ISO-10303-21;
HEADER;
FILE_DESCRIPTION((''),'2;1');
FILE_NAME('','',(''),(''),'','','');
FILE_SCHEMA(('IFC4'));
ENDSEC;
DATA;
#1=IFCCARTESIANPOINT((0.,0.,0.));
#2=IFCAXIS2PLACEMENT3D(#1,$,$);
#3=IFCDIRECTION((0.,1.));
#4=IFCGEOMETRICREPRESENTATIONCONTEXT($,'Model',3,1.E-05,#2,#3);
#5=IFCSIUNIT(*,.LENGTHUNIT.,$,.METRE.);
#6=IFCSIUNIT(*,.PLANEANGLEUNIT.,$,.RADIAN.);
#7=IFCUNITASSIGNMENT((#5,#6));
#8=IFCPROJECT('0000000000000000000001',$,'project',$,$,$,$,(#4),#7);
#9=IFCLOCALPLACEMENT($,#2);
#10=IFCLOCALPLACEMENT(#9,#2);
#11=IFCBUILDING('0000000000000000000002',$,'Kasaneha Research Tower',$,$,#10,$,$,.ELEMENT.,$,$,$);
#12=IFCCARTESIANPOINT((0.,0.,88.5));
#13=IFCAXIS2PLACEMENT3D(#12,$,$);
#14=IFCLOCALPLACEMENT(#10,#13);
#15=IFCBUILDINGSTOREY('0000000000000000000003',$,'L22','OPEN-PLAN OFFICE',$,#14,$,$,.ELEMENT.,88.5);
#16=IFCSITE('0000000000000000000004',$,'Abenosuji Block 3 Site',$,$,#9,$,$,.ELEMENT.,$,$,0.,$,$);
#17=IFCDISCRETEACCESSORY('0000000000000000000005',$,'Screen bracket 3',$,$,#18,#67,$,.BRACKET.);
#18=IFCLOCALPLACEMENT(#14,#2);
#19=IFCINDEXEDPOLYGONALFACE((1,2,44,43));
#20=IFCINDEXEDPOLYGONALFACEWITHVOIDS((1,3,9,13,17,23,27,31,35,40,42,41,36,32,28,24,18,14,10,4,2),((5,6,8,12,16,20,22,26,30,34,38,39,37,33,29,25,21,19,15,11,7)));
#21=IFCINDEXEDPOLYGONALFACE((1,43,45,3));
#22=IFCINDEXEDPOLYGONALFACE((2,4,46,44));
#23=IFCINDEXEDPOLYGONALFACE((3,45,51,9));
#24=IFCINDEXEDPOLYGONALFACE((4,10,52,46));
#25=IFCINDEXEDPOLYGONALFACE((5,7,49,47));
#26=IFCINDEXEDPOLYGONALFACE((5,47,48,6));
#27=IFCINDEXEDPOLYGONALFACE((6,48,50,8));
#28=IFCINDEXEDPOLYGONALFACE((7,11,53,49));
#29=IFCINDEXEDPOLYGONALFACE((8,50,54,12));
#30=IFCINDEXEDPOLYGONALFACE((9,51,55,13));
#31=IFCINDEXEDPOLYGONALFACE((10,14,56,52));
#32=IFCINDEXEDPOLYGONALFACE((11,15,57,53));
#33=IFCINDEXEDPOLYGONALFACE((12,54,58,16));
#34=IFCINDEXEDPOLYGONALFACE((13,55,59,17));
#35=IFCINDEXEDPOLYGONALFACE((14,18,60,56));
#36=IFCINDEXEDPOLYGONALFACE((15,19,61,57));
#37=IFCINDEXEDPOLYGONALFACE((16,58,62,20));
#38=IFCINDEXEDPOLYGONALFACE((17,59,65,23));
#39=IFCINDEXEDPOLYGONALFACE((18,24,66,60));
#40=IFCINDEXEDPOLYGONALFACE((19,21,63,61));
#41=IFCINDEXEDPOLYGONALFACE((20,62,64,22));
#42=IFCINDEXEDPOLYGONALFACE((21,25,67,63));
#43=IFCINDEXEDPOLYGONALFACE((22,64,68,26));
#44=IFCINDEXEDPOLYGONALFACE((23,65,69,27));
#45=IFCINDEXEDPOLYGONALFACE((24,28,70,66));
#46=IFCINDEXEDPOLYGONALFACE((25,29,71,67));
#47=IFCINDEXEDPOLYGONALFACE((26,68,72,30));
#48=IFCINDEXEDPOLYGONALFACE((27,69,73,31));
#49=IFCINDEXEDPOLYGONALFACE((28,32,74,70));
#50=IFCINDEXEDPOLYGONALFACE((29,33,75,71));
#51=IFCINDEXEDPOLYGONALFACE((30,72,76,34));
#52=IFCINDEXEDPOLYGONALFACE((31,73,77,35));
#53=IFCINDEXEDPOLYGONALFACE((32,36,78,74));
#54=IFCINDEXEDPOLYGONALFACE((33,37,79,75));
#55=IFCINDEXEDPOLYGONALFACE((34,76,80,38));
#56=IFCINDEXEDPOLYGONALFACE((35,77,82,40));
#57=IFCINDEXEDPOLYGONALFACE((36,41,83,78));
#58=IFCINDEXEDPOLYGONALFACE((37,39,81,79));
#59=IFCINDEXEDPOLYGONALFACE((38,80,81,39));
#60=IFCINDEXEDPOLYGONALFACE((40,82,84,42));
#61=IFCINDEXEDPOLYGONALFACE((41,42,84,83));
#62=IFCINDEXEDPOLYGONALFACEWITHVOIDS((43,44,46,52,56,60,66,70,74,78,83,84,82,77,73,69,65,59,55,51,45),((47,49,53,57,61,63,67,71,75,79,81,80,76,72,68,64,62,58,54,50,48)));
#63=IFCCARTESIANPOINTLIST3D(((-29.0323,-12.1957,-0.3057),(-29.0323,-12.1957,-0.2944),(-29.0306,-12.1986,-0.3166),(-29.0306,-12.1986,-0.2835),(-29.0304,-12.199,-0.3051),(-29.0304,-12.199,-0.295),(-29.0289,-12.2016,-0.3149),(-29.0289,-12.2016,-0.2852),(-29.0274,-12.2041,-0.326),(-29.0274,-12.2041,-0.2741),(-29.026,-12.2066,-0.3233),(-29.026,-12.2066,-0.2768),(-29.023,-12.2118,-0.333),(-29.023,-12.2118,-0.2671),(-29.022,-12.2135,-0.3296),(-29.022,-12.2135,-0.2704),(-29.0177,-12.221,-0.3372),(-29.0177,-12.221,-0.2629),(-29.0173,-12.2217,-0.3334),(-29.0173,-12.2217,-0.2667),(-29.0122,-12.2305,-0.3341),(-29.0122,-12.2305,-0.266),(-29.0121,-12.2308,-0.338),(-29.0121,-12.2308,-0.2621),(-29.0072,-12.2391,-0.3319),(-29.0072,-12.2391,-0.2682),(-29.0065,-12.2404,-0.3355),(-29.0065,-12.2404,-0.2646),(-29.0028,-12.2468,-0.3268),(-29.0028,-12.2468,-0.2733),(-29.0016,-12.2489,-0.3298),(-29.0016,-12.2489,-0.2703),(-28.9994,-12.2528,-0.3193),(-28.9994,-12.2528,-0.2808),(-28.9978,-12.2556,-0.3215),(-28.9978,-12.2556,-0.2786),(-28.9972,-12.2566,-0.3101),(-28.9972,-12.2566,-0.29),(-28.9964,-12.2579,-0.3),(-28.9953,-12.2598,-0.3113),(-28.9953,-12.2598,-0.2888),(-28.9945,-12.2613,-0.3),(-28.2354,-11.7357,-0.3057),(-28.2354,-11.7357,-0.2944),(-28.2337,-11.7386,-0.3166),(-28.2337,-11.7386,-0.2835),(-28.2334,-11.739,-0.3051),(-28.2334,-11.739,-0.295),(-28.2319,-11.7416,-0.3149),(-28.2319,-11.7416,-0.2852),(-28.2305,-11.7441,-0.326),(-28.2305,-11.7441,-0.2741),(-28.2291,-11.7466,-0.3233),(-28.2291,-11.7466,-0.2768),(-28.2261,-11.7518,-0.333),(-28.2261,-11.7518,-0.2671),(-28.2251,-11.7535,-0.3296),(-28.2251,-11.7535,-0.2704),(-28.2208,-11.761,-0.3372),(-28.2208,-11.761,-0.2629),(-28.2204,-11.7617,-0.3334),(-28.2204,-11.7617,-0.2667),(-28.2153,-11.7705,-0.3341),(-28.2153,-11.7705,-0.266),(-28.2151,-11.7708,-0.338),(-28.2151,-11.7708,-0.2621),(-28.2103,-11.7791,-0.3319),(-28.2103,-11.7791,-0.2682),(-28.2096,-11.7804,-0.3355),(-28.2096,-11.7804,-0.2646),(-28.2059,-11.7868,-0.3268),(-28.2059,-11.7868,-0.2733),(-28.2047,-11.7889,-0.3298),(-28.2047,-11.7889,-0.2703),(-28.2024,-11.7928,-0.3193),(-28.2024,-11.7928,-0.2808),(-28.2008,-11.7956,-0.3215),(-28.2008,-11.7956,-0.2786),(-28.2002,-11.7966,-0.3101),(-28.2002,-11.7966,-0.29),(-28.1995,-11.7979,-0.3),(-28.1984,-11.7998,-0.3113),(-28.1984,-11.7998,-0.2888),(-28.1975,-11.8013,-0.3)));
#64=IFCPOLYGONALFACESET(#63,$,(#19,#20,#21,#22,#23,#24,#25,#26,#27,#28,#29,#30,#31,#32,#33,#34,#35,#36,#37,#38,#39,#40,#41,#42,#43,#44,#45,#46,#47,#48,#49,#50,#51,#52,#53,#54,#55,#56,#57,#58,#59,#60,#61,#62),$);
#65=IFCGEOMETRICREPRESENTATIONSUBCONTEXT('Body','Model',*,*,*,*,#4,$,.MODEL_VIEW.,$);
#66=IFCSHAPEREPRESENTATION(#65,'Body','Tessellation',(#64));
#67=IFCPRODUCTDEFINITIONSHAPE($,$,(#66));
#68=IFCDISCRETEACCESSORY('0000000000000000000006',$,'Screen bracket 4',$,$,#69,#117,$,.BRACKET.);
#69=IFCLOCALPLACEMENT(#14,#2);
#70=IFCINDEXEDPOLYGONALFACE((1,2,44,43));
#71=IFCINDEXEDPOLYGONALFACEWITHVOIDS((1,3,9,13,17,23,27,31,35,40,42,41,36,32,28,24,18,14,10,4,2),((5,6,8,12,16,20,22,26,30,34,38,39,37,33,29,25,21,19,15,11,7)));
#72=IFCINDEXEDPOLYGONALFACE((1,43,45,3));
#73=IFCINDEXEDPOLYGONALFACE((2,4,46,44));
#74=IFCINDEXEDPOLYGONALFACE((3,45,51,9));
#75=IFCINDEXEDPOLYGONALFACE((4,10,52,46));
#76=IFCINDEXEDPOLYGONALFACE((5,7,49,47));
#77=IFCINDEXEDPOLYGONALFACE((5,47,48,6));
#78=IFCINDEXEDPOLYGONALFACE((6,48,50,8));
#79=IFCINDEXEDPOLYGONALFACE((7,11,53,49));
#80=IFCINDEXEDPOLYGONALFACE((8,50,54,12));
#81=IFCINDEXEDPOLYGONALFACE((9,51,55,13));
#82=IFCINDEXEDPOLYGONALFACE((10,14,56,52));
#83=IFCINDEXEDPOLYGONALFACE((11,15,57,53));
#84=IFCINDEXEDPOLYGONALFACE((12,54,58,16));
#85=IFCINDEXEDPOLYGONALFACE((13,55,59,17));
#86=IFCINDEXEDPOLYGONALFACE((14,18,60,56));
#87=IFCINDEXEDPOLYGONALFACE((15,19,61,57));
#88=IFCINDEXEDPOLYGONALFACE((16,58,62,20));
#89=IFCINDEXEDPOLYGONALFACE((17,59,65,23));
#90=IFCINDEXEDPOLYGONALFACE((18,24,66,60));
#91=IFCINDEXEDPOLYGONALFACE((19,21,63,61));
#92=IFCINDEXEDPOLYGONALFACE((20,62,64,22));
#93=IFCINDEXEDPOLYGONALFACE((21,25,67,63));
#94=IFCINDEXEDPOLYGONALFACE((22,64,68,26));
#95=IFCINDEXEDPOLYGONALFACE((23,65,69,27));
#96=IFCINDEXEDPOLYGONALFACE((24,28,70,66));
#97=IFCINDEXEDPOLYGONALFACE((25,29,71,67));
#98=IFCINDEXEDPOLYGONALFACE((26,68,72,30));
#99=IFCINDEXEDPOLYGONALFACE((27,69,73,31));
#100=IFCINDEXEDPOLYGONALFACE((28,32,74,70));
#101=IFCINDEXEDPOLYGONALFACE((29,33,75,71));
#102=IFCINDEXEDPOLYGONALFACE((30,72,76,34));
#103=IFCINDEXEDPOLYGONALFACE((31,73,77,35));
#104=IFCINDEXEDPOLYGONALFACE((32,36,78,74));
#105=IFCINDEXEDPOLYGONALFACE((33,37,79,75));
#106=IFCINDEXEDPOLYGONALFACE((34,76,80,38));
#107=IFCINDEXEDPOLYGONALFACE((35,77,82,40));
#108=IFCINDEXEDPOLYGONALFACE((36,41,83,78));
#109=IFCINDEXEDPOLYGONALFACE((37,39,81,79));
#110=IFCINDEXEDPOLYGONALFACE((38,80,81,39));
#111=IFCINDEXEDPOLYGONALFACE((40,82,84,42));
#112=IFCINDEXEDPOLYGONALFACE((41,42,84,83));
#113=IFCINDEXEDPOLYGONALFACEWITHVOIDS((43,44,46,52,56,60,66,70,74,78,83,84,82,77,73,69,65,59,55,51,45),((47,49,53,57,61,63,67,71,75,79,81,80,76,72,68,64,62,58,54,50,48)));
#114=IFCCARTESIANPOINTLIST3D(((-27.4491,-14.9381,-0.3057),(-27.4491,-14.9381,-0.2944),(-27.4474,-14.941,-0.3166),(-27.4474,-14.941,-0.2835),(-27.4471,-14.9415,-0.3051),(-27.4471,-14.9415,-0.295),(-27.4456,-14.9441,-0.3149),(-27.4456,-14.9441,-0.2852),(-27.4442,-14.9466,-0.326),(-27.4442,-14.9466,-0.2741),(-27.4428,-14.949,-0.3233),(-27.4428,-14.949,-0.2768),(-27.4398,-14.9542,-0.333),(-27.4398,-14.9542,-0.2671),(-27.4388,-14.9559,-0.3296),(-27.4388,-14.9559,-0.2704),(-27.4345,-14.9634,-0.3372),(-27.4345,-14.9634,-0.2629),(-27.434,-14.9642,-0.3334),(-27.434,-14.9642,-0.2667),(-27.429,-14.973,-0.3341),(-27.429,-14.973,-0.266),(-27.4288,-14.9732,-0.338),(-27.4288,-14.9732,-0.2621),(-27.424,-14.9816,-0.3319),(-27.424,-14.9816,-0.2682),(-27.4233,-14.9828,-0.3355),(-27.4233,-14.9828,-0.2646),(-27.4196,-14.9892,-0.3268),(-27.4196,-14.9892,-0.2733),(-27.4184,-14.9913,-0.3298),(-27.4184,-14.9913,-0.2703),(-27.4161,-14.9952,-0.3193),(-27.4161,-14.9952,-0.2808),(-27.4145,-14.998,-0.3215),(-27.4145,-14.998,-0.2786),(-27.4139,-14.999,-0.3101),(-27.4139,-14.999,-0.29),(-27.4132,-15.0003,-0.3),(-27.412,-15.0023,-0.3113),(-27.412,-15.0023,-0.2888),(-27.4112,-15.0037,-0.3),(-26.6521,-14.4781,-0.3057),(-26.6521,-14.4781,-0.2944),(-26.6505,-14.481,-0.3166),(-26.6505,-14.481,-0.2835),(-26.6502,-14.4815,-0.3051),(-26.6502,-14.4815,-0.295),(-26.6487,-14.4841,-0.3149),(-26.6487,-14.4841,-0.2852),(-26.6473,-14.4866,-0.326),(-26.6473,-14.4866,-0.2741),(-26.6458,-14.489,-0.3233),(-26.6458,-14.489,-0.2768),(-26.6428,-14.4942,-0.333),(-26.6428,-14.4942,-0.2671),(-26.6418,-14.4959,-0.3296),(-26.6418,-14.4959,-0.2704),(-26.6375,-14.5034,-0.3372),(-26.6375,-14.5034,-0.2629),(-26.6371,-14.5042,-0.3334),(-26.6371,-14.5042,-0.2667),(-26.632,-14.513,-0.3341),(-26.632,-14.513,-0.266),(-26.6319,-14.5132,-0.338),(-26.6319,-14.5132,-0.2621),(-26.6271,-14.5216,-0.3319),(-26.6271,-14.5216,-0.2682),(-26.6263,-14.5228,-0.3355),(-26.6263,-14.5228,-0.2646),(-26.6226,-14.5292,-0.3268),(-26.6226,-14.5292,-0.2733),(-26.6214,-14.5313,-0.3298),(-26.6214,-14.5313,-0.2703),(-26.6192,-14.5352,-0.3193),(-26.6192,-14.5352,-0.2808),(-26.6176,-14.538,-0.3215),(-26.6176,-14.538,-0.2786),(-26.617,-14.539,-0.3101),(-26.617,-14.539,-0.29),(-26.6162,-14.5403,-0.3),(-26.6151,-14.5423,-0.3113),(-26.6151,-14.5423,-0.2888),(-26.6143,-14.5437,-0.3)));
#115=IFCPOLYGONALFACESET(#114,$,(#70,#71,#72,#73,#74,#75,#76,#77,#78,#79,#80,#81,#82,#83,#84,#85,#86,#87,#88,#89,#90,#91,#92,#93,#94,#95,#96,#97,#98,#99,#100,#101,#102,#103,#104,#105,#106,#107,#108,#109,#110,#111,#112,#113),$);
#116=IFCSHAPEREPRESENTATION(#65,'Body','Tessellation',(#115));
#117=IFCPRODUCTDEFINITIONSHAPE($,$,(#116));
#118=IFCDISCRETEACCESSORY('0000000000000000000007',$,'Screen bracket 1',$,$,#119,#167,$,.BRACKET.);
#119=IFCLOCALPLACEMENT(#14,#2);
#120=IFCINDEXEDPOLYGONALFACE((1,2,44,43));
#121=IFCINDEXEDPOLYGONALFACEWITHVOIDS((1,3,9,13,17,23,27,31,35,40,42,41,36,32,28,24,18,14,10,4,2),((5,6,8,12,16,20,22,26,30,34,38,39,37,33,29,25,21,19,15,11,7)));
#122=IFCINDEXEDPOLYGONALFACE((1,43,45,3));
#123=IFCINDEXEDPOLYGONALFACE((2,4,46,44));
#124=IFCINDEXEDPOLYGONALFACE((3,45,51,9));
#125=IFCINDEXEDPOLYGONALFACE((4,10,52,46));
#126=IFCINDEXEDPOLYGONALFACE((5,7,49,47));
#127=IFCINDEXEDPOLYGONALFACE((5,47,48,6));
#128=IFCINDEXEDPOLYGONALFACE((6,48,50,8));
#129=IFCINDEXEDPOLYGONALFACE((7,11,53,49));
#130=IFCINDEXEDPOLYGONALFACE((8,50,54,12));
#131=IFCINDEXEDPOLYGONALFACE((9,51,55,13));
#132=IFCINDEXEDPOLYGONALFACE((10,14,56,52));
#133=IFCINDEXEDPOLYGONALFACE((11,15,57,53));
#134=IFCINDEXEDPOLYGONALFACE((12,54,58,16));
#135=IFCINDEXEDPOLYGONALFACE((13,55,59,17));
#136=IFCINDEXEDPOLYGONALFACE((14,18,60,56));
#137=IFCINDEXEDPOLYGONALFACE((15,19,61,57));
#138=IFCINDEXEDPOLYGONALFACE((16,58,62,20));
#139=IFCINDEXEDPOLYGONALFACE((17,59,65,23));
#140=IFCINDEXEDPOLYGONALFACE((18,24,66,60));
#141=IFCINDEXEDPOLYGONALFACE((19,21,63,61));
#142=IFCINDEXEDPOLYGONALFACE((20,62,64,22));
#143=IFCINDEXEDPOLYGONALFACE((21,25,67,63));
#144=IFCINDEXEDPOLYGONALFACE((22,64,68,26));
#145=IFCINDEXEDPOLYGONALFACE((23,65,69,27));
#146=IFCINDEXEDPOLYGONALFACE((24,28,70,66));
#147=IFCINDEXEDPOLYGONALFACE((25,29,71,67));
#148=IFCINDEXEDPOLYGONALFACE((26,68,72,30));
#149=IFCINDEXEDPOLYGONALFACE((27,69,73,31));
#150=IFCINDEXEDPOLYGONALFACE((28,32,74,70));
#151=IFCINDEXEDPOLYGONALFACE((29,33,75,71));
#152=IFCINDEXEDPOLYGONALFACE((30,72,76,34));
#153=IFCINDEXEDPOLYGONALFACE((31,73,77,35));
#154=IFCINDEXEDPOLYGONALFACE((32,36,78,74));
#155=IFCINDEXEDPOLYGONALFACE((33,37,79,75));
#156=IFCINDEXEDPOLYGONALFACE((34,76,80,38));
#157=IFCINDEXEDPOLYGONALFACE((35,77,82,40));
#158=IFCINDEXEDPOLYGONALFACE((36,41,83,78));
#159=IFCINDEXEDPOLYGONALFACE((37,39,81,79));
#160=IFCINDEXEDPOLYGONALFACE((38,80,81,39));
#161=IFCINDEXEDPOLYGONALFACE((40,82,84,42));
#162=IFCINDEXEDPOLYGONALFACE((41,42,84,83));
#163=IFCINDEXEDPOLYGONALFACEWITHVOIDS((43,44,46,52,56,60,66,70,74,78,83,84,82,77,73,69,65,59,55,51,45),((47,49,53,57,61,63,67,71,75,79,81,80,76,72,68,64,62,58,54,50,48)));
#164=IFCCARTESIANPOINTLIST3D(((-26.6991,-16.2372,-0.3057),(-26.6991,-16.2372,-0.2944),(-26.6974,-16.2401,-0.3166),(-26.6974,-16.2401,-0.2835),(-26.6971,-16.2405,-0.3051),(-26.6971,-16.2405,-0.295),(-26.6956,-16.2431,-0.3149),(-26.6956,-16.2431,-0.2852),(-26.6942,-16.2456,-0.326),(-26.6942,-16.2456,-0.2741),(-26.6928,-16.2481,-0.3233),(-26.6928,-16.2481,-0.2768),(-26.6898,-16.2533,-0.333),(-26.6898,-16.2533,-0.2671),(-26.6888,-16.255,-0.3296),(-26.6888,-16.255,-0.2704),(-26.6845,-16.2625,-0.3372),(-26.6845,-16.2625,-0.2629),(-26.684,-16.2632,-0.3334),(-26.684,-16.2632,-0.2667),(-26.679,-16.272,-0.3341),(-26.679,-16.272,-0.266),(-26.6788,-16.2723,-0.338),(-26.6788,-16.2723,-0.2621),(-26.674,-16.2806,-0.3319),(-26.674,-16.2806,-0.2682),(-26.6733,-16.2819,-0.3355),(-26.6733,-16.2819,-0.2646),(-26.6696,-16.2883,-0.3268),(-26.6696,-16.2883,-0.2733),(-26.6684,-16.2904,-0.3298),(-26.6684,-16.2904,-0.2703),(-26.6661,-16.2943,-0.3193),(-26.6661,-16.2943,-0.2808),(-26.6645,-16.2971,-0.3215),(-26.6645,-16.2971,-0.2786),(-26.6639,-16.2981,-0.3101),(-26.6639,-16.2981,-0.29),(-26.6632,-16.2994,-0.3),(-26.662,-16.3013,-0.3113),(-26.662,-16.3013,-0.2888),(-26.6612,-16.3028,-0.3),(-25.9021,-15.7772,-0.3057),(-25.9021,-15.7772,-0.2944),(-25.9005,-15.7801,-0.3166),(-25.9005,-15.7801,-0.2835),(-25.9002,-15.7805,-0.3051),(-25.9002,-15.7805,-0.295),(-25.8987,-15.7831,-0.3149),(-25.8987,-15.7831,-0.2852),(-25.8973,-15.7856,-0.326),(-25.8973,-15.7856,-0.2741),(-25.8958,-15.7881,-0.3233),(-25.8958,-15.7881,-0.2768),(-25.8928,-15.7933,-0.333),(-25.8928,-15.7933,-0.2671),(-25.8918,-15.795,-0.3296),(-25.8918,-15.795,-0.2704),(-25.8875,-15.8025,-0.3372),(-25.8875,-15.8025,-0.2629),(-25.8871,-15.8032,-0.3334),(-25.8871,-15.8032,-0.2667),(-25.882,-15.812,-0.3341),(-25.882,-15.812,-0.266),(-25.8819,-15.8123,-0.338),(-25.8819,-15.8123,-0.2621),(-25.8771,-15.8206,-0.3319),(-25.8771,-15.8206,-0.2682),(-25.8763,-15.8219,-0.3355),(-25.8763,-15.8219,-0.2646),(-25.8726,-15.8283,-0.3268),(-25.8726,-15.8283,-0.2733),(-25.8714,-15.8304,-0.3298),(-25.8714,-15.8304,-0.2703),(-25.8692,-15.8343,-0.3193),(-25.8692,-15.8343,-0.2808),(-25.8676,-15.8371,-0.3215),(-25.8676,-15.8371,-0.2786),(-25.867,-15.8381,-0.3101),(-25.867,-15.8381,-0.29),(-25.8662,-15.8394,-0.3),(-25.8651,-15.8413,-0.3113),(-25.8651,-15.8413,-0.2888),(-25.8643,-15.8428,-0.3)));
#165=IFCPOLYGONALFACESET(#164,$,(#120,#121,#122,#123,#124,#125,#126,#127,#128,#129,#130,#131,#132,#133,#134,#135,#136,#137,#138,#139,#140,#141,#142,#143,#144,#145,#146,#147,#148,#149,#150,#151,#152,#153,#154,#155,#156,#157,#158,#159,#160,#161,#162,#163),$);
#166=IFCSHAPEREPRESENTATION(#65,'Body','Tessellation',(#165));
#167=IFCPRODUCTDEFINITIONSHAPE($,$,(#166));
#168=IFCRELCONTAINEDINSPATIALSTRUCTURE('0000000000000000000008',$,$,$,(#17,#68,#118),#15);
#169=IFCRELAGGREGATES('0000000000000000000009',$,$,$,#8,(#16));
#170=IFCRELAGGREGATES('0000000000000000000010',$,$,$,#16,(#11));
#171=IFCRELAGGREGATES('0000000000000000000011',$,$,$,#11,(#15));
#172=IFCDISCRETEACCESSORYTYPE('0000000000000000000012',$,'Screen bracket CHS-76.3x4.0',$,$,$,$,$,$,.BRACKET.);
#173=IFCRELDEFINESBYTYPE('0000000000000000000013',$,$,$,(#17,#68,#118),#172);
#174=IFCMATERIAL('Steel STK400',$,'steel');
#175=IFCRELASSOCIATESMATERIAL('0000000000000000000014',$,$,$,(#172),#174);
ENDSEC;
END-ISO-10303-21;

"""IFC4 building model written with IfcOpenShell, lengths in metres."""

from ifc_helpers import new_model, si_unit, direction, frame, origin, origin_2d, place, context, subcontext, project, spatial, hollow_circle, extrude, material, material_profile, profile_set, type_object, element, save


model = new_model("IFC4")

# Units and contexts
model_context = context("Model", 3, precision=1e-05, world=origin(), true_north=direction((0.0, 1.0)))
body_context = subcontext(model_context, "Body", "Model", "MODEL_VIEW")
ifc_project = project(units=[si_unit("LENGTHUNIT", "METRE"), si_unit("PLANEANGLEUNIT", "RADIAN")], contexts=[model_context])

# Site, building, storey
site_placement = place(None, origin())
site = spatial("IfcSite", under=ifc_project, at=site_placement, Name="Abenosuji Block 3 Site", CompositionType="ELEMENT", RefElevation=0.0)
building_placement = place(site_placement, origin())
building = spatial("IfcBuilding", under=site, at=building_placement, Name="Kasaneha Research Tower", CompositionType="ELEMENT")
storey_placement = place(building_placement, frame((0.0, 0.0, 88.5)))
storey = spatial("IfcBuildingStorey", under=building, at=storey_placement, Name="L22", Description="OPEN-PLAN OFFICE", CompositionType="ELEMENT", Elevation=88.5)

# Discrete accessories
ifc_material_1 = material(Name="Steel STK400", Category="steel")
ifc_material_profile_1 = material_profile(ifc_material_1, hollow_circle(Radius=0.0381, WallThickness=0.0039, at=origin_2d()), Name="CHS-76.3x4.0")
ifc_profile_set_1 = profile_set([ifc_material_profile_1], Name="Steel STK400")
discrete_accessory_type = type_object("IfcDiscreteAccessoryType", Name="Screen bracket CHS-76.3x4.0", PredefinedType="BRACKET", material=ifc_profile_set_1)
for number, where, z_axis, x_axis, name in (
    (1, (-28.2166, -11.7683, -0.3), (-0.86608, -0.499906, 0.0), (0.499906, -0.86608, 0.0), "Screen bracket 3"),
    (2, (-26.6333, -14.5107, -0.3), (-0.86608, -0.499906, 0.0), (0.499906, -0.86608, 0.0), "Screen bracket 4"),
    (3, (-25.8833, -15.8098, -0.3), (-0.86608, -0.499906, 0.0), (0.499906, -0.86608, 0.0), "Screen bracket 1"),
):
    element("IfcDiscreteAccessory", number, at=place(storey_placement, frame(where, z_axis=z_axis, x_axis=x_axis)), inside=storey, type_object=discrete_accessory_type, Name=name, PredefinedType="BRACKET", context=body_context, shape_type="SweptSolid", body=[
        extrude(hollow_circle(Radius=0.0381, WallThickness=0.0039, at=origin_2d()), origin(), (0.0, 0.0, 1.0), 0.9202),
    ])

save(model, "model.ifc")
